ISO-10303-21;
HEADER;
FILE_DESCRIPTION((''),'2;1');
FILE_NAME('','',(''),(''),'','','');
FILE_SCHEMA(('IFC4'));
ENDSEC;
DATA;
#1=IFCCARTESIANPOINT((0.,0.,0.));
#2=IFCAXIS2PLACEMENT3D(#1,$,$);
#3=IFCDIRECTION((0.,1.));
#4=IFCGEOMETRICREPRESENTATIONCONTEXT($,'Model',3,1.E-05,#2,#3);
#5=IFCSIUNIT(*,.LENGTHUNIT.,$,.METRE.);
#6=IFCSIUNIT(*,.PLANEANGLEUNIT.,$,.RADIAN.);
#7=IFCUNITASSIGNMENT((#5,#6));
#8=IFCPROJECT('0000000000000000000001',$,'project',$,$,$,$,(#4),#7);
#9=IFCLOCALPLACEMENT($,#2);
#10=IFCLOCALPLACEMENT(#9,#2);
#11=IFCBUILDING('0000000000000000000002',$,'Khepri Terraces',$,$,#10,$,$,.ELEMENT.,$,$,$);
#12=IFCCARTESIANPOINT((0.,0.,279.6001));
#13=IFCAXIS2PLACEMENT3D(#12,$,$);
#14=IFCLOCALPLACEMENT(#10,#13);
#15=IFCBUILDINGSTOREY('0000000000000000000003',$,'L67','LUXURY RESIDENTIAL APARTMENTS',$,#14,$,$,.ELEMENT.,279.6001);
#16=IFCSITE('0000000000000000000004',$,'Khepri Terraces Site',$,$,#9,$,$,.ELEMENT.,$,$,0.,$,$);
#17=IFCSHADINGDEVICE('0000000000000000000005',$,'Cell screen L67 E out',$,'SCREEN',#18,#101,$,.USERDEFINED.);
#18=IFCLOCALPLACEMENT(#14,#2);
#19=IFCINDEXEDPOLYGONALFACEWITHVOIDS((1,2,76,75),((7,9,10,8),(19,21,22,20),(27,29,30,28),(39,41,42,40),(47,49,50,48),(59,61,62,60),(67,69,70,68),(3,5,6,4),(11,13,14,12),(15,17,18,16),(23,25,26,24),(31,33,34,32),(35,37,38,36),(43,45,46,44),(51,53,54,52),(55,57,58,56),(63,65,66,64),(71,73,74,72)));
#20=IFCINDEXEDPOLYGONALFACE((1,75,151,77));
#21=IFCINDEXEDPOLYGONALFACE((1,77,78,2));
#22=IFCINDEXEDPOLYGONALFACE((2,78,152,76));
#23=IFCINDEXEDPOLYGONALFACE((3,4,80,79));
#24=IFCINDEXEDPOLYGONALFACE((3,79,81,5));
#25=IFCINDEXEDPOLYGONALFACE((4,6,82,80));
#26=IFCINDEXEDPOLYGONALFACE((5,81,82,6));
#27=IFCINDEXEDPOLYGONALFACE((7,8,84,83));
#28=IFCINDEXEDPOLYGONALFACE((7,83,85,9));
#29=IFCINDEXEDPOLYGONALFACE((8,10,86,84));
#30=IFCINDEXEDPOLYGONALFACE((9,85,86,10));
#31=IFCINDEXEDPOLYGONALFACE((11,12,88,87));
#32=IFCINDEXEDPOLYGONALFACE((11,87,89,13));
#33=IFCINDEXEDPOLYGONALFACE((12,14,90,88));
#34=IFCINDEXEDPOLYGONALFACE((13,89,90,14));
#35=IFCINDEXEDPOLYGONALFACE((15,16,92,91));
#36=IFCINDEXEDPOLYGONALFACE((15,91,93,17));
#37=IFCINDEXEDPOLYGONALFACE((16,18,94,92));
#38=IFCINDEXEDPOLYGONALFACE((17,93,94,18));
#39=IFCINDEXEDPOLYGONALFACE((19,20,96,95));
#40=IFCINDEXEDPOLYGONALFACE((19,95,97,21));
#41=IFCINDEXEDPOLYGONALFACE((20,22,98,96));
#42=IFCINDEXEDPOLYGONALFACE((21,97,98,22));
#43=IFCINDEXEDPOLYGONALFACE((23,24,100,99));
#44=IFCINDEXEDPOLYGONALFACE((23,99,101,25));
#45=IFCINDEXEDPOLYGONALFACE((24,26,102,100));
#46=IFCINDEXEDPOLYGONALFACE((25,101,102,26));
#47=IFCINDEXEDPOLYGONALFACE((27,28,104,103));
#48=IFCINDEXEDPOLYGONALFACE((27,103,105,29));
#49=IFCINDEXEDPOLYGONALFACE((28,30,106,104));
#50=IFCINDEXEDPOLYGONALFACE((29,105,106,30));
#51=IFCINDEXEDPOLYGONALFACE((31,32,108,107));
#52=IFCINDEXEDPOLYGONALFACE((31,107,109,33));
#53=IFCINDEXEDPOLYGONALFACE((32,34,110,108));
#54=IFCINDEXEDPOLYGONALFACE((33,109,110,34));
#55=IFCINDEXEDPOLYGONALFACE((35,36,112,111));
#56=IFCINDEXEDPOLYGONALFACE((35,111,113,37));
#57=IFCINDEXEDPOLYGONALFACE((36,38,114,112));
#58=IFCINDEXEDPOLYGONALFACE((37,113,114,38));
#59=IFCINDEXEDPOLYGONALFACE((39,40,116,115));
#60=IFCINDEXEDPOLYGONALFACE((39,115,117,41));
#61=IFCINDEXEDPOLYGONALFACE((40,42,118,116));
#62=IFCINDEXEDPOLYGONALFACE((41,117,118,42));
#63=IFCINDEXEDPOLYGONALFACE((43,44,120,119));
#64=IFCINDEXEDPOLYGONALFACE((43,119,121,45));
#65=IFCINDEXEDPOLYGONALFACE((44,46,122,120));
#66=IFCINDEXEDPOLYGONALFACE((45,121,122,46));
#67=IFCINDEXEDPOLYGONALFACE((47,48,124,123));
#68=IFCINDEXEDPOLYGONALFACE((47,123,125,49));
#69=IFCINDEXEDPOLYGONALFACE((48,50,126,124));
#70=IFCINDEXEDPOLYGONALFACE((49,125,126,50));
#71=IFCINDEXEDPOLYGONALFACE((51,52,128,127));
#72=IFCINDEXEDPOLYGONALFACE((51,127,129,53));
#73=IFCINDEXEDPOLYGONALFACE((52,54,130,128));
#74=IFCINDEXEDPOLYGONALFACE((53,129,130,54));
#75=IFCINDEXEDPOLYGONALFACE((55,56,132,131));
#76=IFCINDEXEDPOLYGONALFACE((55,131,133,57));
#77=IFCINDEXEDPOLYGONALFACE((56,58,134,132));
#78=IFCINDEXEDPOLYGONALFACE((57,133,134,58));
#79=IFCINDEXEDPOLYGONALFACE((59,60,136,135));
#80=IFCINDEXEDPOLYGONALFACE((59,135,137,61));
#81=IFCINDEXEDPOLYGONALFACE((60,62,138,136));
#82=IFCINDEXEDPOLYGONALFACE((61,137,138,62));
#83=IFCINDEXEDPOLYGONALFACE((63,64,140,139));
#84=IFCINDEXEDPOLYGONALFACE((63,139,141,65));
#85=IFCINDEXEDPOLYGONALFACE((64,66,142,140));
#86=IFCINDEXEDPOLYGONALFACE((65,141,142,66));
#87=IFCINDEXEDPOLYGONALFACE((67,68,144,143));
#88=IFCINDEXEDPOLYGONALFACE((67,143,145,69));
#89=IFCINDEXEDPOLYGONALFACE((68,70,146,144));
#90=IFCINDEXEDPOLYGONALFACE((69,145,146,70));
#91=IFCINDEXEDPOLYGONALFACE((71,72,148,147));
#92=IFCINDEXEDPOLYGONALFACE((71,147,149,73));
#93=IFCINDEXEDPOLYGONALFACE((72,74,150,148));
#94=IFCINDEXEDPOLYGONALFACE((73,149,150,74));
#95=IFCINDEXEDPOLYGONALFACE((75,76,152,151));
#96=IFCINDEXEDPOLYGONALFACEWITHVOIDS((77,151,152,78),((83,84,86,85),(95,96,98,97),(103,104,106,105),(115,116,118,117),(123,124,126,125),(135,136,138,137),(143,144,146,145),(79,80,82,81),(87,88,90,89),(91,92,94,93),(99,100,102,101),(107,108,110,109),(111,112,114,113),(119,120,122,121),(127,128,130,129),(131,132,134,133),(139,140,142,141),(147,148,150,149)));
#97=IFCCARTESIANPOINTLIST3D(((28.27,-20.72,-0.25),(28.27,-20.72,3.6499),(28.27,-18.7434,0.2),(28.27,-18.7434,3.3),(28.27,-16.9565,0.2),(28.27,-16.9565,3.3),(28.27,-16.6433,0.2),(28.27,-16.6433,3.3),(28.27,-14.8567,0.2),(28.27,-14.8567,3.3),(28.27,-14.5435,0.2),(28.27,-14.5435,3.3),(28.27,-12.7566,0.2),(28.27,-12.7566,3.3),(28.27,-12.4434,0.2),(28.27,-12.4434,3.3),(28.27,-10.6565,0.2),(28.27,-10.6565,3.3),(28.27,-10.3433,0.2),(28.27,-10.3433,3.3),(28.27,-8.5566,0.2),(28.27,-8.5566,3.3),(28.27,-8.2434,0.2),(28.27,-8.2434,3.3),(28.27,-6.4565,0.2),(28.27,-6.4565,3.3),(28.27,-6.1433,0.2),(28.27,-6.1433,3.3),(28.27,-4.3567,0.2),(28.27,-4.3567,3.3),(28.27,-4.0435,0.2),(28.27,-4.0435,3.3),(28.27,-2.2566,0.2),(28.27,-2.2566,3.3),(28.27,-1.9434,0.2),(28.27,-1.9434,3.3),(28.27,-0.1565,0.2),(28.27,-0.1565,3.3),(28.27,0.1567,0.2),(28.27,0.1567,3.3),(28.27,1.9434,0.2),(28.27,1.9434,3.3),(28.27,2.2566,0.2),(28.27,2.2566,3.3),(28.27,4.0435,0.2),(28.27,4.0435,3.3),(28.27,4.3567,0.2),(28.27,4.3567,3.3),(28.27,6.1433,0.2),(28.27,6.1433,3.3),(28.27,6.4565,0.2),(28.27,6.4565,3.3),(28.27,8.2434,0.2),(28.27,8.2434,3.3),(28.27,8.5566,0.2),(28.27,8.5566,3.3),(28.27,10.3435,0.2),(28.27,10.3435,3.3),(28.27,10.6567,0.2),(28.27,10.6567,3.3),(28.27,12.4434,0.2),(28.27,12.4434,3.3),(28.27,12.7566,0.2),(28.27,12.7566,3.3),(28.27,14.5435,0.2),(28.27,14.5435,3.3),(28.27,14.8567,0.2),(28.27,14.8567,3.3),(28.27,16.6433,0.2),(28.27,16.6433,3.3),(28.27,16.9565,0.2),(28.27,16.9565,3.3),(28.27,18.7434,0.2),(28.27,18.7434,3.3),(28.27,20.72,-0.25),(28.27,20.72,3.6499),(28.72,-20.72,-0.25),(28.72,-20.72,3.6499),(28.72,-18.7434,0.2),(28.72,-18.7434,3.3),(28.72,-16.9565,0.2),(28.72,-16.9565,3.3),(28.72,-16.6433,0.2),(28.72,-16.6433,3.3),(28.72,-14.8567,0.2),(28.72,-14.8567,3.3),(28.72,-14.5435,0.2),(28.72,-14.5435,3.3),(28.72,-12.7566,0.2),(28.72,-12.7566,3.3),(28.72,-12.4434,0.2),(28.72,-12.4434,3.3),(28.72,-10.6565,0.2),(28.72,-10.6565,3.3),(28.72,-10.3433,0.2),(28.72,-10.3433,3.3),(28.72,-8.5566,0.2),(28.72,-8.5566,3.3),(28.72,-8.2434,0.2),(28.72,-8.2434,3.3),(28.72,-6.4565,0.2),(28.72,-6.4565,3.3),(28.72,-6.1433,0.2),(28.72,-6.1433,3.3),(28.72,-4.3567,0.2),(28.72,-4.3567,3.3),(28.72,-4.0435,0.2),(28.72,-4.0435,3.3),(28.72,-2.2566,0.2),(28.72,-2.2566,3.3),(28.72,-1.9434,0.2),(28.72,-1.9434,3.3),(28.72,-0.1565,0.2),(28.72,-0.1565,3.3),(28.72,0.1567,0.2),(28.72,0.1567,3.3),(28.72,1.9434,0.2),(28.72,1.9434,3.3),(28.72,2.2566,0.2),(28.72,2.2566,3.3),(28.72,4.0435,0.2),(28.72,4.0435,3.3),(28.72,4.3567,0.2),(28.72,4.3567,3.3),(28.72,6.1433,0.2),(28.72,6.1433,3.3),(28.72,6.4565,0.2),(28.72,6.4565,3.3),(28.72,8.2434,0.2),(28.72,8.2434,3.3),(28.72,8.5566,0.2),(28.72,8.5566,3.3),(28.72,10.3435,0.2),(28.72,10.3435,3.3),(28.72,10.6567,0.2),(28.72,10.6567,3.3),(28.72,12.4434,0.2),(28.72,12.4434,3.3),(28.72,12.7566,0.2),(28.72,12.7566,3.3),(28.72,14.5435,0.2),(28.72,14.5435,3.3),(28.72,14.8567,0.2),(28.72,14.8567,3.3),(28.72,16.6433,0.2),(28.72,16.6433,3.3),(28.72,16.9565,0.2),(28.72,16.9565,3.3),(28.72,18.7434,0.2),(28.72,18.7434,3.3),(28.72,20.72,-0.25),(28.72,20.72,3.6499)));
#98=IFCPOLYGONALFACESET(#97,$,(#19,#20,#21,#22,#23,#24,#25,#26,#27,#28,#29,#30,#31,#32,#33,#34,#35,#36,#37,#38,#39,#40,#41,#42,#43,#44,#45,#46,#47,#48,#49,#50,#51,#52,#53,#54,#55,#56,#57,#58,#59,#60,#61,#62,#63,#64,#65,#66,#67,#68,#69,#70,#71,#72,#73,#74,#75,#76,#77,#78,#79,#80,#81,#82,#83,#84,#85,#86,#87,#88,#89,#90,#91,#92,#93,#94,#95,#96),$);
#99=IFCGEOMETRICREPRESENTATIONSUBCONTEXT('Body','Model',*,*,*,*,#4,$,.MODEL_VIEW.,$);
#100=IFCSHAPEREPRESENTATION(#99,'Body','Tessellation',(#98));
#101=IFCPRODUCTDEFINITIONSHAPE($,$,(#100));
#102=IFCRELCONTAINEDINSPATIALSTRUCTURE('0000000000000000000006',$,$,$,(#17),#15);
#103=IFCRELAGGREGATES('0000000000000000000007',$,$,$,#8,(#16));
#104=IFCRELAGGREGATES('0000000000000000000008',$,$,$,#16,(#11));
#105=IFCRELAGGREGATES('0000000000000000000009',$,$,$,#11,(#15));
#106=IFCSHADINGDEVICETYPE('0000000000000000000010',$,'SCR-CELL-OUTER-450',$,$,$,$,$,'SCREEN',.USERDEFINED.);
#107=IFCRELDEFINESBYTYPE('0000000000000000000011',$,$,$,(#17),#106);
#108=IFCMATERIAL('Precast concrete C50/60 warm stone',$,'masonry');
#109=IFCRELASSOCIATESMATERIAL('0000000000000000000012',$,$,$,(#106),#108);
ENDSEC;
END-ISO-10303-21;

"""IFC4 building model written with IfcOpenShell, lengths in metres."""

from ifc_helpers import new_model, si_unit, direction, frame, origin, place, context, subcontext, project, spatial, polyline, outline, extrude, material, type_object, element, save


model = new_model("IFC4")

# Units and contexts
model_context = context("Model", 3, precision=1e-05, world=origin(), true_north=direction((0.0, 1.0)))
body_context = subcontext(model_context, "Body", "Model", "MODEL_VIEW")
ifc_project = project(units=[si_unit("LENGTHUNIT", "METRE"), si_unit("PLANEANGLEUNIT", "RADIAN")], contexts=[model_context])

# Site, building, storey
site_placement = place(None, origin())
site = spatial("IfcSite", under=ifc_project, at=site_placement, Name="Khepri Terraces Site", CompositionType="ELEMENT", RefElevation=0.0)
building_placement = place(site_placement, origin())
building = spatial("IfcBuilding", under=site, at=building_placement, Name="Khepri Terraces", CompositionType="ELEMENT")
storey_placement = place(building_placement, frame((0.0, 0.0, 279.6001)))
storey = spatial("IfcBuildingStorey", under=building, at=storey_placement, Name="L67", Description="LUXURY RESIDENTIAL APARTMENTS", CompositionType="ELEMENT", Elevation=279.6001)

# Shared definitions
ifc_material_1 = material(Name="Precast concrete C50/60 warm stone", Category="masonry")

# Shading device
shading_device_type_1 = type_object("IfcShadingDeviceType", Name="SCR-CELL-OUTER-450", ElementType="SCREEN", PredefinedType="USERDEFINED", material=ifc_material_1)
shading_device_1_placement = place(storey_placement, frame((28.27, -20.72, -0.25), z_axis=(1.0, 0.0, 0.0), x_axis=(0.0, 1.0, 0.0)))
element("IfcShadingDevice", 1, at=shading_device_1_placement, inside=storey, type_object=shading_device_type_1, Name="Cell screen L67 E out", ObjectType="SCREEN", PredefinedType="USERDEFINED", context=body_context, shape_type="SweptSolid", body=[
    extrude(outline(polyline([(0.0, 0.0), (41.4399, 0.0), (41.4399, 3.8999), (0.0, 3.8999), (0.0, 0.0)]), holes=[polyline([(1.9766, 0.45), (3.7634, 0.45), (3.7634, 3.55), (1.9766, 3.55), (1.9766, 0.45)]), polyline([(4.0767, 0.45), (5.8633, 0.45), (5.8633, 3.55), (4.0767, 3.55), (4.0767, 0.45)]), polyline([(6.1765, 0.45), (7.9634, 0.45), (7.9634, 3.55), (6.1765, 3.55), (6.1765, 0.45)]), polyline([(8.2766, 0.45), (10.0635, 0.45), (10.0635, 3.55), (8.2766, 3.55), (8.2766, 0.45)]), polyline([(10.3767, 0.45), (12.1633, 0.45), (12.1633, 3.55), (10.3767, 3.55), (10.3767, 0.45)]), polyline([(12.4766, 0.45), (14.2634, 0.45), (14.2634, 3.55), (12.4766, 3.55), (12.4766, 0.45)]), polyline([(14.5767, 0.45), (16.3633, 0.45), (16.3633, 3.55), (14.5767, 3.55), (14.5767, 0.45)]), polyline([(16.6765, 0.45), (18.4634, 0.45), (18.4634, 3.55), (16.6765, 3.55), (16.6765, 0.45)]), polyline([(18.7766, 0.45), (20.5635, 0.45), (20.5635, 3.55), (18.7766, 3.55), (18.7766, 0.45)]), polyline([(20.8767, 0.45), (22.6633, 0.45), (22.6633, 3.55), (20.8767, 3.55), (20.8767, 0.45)]), polyline([(22.9766, 0.45), (24.7634, 0.45), (24.7634, 3.55), (22.9766, 3.55), (22.9766, 0.45)]), polyline([(25.0767, 0.45), (26.8633, 0.45), (26.8633, 3.55), (25.0767, 3.55), (25.0767, 0.45)]), polyline([(27.1765, 0.45), (28.9634, 0.45), (28.9634, 3.55), (27.1765, 3.55), (27.1765, 0.45)]), polyline([(29.2766, 0.45), (31.0635, 0.45), (31.0635, 3.55), (29.2766, 3.55), (29.2766, 0.45)]), polyline([(31.3767, 0.45), (33.1633, 0.45), (33.1633, 3.55), (31.3767, 3.55), (31.3767, 0.45)]), polyline([(33.4766, 0.45), (35.2634, 0.45), (35.2634, 3.55), (33.4766, 3.55), (33.4766, 0.45)]), polyline([(35.5767, 0.45), (37.3633, 0.45), (37.3633, 3.55), (35.5767, 3.55), (35.5767, 0.45)]), polyline([(37.6765, 0.45), (39.4634, 0.45), (39.4634, 3.55), (37.6765, 3.55), (37.6765, 0.45)])]), origin(), (0.0, 0.0, 1.0), 0.45),
])

save(model, "model.ifc")
